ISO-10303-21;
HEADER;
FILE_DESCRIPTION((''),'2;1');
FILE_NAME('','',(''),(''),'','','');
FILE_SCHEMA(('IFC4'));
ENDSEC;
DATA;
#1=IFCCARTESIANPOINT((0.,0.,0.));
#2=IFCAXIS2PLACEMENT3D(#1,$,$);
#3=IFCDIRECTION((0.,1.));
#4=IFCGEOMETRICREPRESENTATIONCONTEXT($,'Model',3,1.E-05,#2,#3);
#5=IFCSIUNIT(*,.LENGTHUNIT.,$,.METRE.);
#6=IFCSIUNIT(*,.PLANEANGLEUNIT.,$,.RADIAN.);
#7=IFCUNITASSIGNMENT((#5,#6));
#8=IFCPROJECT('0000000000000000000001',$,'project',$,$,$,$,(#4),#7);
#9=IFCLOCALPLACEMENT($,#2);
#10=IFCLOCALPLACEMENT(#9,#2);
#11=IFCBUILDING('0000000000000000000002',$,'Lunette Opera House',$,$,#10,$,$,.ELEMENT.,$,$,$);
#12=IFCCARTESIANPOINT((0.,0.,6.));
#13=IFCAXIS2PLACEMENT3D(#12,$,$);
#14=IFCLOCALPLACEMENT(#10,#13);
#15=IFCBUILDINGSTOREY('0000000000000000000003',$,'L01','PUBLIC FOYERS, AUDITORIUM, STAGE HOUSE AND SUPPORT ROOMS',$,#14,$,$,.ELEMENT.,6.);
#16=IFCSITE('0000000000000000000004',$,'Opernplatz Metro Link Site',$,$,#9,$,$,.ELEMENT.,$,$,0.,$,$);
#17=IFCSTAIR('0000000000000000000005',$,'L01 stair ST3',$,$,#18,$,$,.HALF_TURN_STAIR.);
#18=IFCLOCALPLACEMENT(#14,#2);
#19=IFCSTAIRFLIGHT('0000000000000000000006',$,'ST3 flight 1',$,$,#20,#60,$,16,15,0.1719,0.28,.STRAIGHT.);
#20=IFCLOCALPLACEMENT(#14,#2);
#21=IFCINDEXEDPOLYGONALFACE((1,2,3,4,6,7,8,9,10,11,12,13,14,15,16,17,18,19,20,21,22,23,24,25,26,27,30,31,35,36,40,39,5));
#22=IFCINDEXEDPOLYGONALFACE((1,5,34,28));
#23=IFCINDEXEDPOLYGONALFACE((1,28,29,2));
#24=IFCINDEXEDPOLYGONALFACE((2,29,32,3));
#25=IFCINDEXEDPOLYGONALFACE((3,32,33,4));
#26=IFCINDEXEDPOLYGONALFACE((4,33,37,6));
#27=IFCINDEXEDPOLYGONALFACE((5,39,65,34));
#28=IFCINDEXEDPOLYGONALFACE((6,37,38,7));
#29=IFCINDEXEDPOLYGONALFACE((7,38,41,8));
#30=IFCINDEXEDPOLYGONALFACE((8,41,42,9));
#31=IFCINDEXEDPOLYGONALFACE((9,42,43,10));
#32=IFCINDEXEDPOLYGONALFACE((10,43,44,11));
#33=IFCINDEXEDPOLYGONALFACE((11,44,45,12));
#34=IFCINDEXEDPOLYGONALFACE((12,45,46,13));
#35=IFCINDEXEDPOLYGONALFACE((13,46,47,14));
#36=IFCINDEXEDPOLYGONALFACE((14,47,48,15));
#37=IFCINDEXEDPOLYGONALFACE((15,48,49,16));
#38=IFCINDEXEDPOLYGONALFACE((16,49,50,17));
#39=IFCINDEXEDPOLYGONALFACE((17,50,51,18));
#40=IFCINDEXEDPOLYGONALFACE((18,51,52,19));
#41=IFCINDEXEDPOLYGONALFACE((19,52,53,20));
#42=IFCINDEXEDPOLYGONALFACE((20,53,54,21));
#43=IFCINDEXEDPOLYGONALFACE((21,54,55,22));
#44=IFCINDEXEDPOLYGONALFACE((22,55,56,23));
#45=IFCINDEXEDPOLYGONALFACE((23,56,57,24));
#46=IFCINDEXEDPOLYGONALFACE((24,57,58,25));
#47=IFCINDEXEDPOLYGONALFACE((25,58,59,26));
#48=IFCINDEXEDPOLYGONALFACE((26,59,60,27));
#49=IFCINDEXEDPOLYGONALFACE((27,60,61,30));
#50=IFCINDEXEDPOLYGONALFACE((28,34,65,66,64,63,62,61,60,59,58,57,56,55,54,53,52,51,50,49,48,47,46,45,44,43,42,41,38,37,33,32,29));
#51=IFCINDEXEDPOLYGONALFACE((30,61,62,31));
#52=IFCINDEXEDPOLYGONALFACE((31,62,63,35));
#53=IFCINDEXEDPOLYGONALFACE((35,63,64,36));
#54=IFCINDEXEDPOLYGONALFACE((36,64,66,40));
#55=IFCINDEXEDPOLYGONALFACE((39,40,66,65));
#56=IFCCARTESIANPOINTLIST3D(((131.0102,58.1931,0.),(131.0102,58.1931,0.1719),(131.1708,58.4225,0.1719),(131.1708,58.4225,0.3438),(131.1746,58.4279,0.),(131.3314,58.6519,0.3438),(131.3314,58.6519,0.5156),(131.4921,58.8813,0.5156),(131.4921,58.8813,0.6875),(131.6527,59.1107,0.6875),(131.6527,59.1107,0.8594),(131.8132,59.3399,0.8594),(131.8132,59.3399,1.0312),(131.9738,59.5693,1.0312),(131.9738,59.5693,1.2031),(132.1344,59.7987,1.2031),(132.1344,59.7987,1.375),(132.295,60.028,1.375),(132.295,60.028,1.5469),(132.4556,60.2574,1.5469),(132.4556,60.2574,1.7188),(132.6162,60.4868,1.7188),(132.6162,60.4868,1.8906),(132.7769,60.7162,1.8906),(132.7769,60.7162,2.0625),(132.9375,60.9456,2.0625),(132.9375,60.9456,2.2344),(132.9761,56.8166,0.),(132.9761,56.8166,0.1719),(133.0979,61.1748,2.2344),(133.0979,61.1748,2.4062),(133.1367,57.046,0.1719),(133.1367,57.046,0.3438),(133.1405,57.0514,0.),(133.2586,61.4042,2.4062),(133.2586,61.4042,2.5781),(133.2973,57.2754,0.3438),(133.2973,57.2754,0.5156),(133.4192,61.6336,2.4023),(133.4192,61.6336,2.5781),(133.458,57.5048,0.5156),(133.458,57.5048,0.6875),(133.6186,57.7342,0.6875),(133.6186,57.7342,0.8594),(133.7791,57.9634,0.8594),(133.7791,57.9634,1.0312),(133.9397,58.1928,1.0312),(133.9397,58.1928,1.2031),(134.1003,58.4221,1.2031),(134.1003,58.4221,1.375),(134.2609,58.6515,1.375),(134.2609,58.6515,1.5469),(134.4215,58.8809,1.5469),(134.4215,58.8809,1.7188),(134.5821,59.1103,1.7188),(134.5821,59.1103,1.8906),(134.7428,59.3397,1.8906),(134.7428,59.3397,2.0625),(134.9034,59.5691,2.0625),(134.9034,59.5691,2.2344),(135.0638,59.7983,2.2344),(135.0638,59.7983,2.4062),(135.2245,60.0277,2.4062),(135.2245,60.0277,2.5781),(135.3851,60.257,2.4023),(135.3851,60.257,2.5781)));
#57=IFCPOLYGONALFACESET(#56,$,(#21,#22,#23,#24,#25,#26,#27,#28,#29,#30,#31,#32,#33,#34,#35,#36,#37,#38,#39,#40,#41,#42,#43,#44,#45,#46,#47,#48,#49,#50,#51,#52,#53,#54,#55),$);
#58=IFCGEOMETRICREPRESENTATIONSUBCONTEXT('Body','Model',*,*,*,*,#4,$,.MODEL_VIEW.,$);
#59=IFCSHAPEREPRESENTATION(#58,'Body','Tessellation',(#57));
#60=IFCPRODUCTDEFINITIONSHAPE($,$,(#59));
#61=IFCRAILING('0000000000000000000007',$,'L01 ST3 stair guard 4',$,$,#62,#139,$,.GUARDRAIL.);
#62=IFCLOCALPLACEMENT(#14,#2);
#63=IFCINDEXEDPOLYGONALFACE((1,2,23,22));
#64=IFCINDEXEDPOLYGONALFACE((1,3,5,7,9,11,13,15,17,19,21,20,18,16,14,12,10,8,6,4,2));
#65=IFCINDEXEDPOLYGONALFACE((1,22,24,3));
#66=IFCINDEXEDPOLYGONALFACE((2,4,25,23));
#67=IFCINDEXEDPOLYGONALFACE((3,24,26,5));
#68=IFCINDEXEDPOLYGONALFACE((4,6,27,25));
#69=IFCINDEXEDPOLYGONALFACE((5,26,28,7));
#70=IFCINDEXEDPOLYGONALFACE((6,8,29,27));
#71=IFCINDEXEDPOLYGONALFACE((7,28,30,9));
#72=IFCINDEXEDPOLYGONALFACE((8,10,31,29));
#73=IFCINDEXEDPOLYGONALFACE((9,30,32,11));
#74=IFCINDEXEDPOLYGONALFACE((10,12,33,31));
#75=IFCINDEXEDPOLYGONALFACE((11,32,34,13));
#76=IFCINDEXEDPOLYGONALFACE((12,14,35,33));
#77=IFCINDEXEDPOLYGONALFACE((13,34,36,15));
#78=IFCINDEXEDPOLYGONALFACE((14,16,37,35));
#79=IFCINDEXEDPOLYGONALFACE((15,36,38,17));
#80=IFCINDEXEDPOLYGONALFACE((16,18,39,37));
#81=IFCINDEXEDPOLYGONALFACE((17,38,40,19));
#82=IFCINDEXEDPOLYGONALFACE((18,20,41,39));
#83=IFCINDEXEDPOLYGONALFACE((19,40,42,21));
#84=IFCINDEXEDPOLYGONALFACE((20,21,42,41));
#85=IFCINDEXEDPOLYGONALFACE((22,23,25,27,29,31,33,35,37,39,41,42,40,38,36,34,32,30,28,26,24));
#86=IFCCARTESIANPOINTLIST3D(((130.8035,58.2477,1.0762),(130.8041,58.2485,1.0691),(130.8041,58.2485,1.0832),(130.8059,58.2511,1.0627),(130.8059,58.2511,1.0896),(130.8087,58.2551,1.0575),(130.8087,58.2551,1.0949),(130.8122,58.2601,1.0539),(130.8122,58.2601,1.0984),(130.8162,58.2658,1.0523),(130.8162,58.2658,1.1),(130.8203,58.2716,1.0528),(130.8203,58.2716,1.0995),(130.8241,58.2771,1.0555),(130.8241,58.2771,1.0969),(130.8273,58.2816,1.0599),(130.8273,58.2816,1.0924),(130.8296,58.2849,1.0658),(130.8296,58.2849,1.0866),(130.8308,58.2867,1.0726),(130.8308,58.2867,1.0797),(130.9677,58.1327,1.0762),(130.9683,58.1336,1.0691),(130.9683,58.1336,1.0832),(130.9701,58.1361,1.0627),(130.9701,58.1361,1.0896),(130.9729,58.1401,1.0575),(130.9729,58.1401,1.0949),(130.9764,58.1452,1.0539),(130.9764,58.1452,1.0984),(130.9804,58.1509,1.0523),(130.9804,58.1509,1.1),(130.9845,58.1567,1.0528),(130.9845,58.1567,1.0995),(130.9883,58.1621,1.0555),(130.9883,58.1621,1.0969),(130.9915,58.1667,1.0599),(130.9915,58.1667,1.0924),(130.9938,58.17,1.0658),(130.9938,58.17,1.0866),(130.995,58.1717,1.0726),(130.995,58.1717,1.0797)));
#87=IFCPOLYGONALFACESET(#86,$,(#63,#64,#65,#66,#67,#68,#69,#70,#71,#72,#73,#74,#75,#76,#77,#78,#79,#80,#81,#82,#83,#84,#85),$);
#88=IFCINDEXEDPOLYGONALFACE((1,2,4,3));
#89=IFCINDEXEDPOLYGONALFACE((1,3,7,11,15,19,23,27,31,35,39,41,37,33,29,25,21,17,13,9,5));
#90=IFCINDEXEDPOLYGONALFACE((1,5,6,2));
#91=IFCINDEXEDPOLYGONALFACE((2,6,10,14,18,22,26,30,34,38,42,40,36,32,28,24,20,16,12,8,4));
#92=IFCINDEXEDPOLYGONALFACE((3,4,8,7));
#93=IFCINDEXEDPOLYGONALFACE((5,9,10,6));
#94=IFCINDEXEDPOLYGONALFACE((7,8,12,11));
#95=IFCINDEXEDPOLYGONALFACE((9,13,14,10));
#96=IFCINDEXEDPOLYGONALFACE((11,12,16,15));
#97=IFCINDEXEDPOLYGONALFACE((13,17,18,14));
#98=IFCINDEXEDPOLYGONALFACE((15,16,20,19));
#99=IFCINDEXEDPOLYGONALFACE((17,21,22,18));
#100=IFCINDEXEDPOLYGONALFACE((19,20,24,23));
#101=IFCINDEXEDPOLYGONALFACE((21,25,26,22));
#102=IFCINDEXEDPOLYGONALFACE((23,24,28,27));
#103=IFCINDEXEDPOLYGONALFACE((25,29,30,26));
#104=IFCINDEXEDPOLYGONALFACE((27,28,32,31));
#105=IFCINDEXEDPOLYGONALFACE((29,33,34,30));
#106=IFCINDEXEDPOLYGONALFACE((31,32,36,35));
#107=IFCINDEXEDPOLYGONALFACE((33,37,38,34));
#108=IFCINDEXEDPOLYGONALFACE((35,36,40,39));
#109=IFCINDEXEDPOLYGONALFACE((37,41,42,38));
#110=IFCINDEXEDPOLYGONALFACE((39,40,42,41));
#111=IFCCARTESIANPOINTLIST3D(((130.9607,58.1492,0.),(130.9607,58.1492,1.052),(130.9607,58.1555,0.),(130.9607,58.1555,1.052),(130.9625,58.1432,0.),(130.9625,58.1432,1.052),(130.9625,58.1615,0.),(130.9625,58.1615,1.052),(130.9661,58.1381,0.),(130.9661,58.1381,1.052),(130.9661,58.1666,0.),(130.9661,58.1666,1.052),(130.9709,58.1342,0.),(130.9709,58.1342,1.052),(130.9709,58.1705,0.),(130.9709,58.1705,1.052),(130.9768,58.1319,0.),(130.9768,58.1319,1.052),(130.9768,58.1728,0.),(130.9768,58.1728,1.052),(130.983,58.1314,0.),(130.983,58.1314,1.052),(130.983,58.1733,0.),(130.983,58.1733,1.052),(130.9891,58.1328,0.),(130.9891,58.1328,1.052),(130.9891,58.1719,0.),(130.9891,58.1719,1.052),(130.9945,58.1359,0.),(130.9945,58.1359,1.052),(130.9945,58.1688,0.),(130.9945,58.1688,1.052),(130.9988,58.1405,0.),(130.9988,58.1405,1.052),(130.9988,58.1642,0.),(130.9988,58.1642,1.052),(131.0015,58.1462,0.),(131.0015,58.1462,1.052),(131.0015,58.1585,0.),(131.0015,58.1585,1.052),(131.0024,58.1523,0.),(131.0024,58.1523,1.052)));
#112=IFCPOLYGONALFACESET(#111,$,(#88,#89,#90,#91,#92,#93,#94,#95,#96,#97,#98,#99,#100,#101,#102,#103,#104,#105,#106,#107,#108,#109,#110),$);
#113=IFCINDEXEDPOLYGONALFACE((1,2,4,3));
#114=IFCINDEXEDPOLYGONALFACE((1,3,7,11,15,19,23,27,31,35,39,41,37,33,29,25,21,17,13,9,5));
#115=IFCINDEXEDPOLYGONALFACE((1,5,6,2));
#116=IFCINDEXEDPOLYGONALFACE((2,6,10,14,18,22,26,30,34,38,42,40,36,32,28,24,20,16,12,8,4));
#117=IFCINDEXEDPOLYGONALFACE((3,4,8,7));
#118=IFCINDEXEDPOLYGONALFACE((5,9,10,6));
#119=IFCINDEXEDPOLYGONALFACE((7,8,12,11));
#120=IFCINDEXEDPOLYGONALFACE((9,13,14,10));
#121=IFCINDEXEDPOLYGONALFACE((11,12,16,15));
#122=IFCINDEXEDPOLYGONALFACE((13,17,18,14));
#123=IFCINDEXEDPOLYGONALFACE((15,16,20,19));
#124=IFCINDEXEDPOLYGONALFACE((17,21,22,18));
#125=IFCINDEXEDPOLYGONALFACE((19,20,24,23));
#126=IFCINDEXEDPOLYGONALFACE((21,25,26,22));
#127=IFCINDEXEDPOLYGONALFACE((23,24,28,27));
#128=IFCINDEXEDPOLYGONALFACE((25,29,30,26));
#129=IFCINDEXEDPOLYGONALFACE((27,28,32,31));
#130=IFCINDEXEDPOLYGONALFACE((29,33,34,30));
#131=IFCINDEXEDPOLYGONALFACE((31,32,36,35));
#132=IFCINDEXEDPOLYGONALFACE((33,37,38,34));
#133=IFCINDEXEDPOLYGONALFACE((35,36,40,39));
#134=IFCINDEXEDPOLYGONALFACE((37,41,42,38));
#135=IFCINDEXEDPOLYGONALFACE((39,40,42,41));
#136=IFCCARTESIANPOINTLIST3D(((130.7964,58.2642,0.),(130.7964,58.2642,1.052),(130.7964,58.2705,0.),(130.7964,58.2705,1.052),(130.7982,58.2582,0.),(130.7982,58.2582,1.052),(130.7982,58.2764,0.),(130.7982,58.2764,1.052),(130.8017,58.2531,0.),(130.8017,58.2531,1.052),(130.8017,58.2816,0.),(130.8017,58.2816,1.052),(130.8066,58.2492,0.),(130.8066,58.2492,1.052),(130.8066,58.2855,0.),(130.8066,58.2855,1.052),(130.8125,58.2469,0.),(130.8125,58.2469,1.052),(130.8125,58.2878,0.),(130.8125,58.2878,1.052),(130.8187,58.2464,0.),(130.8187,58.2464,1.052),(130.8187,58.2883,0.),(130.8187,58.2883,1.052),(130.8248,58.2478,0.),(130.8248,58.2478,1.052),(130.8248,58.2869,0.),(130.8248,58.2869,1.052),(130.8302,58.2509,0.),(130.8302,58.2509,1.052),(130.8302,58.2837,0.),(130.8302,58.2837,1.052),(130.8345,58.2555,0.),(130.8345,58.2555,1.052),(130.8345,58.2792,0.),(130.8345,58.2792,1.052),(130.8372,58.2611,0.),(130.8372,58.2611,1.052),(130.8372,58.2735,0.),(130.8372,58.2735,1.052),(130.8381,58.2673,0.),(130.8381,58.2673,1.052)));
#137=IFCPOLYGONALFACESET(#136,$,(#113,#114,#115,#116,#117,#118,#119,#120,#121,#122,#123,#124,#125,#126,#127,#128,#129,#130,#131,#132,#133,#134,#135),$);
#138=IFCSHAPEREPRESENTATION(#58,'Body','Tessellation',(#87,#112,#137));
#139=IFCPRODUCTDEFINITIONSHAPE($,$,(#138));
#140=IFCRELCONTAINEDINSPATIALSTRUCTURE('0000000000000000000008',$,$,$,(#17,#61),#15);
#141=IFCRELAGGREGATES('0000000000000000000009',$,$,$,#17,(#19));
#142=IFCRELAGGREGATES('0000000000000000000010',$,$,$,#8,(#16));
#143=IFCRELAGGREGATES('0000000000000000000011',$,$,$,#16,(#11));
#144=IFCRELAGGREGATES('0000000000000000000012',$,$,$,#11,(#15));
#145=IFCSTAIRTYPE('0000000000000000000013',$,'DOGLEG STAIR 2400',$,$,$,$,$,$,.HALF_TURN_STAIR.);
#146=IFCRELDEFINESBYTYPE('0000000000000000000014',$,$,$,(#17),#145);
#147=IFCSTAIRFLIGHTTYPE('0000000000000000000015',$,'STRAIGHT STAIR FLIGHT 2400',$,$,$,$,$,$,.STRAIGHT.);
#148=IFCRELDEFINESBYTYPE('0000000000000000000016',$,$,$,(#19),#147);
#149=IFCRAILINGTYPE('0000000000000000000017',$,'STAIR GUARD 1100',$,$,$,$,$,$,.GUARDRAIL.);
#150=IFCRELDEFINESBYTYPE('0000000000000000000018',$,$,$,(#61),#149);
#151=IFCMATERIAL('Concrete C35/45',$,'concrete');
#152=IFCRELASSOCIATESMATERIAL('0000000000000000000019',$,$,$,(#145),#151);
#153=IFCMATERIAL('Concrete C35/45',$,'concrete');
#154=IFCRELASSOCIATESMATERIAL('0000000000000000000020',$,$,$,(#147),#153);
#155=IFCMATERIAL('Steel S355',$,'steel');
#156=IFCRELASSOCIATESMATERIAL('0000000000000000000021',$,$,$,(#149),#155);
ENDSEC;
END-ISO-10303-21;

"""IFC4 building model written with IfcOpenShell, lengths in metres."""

from ifc_helpers import new_model, si_unit, direction, frame, origin, origin_2d, place, context, subcontext, project, spatial, polyline, circle, outline, extrude, material, type_object, element, aggregate, save


model = new_model("IFC4")

# Units and contexts
model_context = context("Model", 3, precision=1e-05, world=origin(), true_north=direction((0.0, 1.0)))
body_context = subcontext(model_context, "Body", "Model", "MODEL_VIEW")
ifc_project = project(units=[si_unit("LENGTHUNIT", "METRE"), si_unit("PLANEANGLEUNIT", "RADIAN")], contexts=[model_context])

# Site, building, storey
site_placement = place(None, origin())
site = spatial("IfcSite", under=ifc_project, at=site_placement, Name="Opernplatz Metro Link Site", CompositionType="ELEMENT", RefElevation=0.0)
building_placement = place(site_placement, origin())
building = spatial("IfcBuilding", under=site, at=building_placement, Name="Lunette Opera House", CompositionType="ELEMENT")
storey_placement = place(building_placement, frame((0.0, 0.0, 6.0)))
storey = spatial("IfcBuildingStorey", under=building, at=storey_placement, Name="L01", Description="PUBLIC FOYERS, AUDITORIUM, STAGE HOUSE AND SUPPORT ROOMS", CompositionType="ELEMENT", Elevation=6.0)

# Stair, stair flight
ifc_material_1 = material(Name="Concrete C35/45", Category="concrete")
stair_type = type_object("IfcStairType", Name="DOGLEG STAIR 2400", PredefinedType="HALF_TURN_STAIR", material=ifc_material_1)
stair_placement = place(storey_placement, origin())
stair = element("IfcStair", 1, at=stair_placement, inside=storey, type_object=stair_type, Name="L01 stair ST3", PredefinedType="HALF_TURN_STAIR")
ifc_material_2 = material(Name="Concrete C35/45", Category="concrete")
stair_flight_type = type_object("IfcStairFlightType", Name="STRAIGHT STAIR FLIGHT 2400", PredefinedType="STRAIGHT", material=ifc_material_2)
stair_flight_placement = place(storey_placement, frame((131.9932, 57.5049, 0.0), z_axis=(0.0, 0.0, 1.0), x_axis=(0.57357, 0.819157, 0.0)))
stair_flight = element("IfcStairFlight", 2, at=stair_flight_placement, type_object=stair_flight_type, Name="ST3 flight 1", NumberOfRisers=16, NumberOfTreads=15, PredefinedType="STRAIGHT", RiserHeight=0.1719, TreadLength=0.28, context=body_context, shape_type="SweptSolid", body=[
    extrude(outline(polyline([(0.0, 0.0), (0.0, 0.1719), (0.28, 0.1719), (0.28, 0.3438), (0.5601, 0.3438), (0.5601, 0.5156), (0.8401, 0.5156), (0.8401, 0.6875), (1.1201, 0.6875), (1.1201, 0.8594), (1.3999, 0.8594), (1.3999, 1.0312), (1.6799, 1.0312), (1.6799, 1.2031), (1.96, 1.2031), (1.96, 1.375), (2.24, 1.375), (2.24, 1.5469), (2.52, 1.5469), (2.52, 1.7188), (2.8, 1.7188), (2.8, 1.8906), (3.0801, 1.8906), (3.0801, 2.0625), (3.3601, 2.0625), (3.3601, 2.2344), (3.6399, 2.2344), (3.6399, 2.4062), (3.9199, 2.4062), (3.9199, 2.5781), (4.2, 2.5781), (4.2, 2.75), (4.2, 2.4023), (0.2866, 0.0), (0.0, 0.0)])), frame((0.0, 1.2, 0.0), z_axis=(0.0, -1.0, 0.0), x_axis=(1.0, 0.0, 0.0)), (0.0, 0.0, 1.0), 2.3999),
])
aggregate(stair, [stair_flight])

# Railing
ifc_material_3 = material(Name="Steel S355", Category="steel")
railing_type_1 = type_object("IfcRailingType", Name="STAIR GUARD 1100", PredefinedType="GUARDRAIL", material=ifc_material_3)
railing_1_placement = place(storey_placement, frame((130.9814, 58.1523, 0.0)))
element("IfcRailing", 3, at=railing_1_placement, inside=storey, type_object=railing_type_1, Name="L01 ST3 stair guard 4", PredefinedType="GUARDRAIL", context=body_context, shape_type="SweptSolid", body=[
    extrude(circle(Radius=0.0239, at=origin_2d()), frame((0.0, 0.0, 1.0762), z_axis=(-0.819289, 0.573381, 0.0), x_axis=(-0.573381, -0.819289, 0.0)), (0.0, 0.0, 1.0), 0.2004),
    extrude(circle(Radius=0.021, at=origin_2d()), origin(), (0.0, 0.0, 1.0), 1.052),
    extrude(circle(Radius=0.021, at=origin_2d()), frame((-0.1643, 0.115, 0.0)), (0.0, 0.0, 1.0), 1.052),
])

save(model, "model.ifc")
